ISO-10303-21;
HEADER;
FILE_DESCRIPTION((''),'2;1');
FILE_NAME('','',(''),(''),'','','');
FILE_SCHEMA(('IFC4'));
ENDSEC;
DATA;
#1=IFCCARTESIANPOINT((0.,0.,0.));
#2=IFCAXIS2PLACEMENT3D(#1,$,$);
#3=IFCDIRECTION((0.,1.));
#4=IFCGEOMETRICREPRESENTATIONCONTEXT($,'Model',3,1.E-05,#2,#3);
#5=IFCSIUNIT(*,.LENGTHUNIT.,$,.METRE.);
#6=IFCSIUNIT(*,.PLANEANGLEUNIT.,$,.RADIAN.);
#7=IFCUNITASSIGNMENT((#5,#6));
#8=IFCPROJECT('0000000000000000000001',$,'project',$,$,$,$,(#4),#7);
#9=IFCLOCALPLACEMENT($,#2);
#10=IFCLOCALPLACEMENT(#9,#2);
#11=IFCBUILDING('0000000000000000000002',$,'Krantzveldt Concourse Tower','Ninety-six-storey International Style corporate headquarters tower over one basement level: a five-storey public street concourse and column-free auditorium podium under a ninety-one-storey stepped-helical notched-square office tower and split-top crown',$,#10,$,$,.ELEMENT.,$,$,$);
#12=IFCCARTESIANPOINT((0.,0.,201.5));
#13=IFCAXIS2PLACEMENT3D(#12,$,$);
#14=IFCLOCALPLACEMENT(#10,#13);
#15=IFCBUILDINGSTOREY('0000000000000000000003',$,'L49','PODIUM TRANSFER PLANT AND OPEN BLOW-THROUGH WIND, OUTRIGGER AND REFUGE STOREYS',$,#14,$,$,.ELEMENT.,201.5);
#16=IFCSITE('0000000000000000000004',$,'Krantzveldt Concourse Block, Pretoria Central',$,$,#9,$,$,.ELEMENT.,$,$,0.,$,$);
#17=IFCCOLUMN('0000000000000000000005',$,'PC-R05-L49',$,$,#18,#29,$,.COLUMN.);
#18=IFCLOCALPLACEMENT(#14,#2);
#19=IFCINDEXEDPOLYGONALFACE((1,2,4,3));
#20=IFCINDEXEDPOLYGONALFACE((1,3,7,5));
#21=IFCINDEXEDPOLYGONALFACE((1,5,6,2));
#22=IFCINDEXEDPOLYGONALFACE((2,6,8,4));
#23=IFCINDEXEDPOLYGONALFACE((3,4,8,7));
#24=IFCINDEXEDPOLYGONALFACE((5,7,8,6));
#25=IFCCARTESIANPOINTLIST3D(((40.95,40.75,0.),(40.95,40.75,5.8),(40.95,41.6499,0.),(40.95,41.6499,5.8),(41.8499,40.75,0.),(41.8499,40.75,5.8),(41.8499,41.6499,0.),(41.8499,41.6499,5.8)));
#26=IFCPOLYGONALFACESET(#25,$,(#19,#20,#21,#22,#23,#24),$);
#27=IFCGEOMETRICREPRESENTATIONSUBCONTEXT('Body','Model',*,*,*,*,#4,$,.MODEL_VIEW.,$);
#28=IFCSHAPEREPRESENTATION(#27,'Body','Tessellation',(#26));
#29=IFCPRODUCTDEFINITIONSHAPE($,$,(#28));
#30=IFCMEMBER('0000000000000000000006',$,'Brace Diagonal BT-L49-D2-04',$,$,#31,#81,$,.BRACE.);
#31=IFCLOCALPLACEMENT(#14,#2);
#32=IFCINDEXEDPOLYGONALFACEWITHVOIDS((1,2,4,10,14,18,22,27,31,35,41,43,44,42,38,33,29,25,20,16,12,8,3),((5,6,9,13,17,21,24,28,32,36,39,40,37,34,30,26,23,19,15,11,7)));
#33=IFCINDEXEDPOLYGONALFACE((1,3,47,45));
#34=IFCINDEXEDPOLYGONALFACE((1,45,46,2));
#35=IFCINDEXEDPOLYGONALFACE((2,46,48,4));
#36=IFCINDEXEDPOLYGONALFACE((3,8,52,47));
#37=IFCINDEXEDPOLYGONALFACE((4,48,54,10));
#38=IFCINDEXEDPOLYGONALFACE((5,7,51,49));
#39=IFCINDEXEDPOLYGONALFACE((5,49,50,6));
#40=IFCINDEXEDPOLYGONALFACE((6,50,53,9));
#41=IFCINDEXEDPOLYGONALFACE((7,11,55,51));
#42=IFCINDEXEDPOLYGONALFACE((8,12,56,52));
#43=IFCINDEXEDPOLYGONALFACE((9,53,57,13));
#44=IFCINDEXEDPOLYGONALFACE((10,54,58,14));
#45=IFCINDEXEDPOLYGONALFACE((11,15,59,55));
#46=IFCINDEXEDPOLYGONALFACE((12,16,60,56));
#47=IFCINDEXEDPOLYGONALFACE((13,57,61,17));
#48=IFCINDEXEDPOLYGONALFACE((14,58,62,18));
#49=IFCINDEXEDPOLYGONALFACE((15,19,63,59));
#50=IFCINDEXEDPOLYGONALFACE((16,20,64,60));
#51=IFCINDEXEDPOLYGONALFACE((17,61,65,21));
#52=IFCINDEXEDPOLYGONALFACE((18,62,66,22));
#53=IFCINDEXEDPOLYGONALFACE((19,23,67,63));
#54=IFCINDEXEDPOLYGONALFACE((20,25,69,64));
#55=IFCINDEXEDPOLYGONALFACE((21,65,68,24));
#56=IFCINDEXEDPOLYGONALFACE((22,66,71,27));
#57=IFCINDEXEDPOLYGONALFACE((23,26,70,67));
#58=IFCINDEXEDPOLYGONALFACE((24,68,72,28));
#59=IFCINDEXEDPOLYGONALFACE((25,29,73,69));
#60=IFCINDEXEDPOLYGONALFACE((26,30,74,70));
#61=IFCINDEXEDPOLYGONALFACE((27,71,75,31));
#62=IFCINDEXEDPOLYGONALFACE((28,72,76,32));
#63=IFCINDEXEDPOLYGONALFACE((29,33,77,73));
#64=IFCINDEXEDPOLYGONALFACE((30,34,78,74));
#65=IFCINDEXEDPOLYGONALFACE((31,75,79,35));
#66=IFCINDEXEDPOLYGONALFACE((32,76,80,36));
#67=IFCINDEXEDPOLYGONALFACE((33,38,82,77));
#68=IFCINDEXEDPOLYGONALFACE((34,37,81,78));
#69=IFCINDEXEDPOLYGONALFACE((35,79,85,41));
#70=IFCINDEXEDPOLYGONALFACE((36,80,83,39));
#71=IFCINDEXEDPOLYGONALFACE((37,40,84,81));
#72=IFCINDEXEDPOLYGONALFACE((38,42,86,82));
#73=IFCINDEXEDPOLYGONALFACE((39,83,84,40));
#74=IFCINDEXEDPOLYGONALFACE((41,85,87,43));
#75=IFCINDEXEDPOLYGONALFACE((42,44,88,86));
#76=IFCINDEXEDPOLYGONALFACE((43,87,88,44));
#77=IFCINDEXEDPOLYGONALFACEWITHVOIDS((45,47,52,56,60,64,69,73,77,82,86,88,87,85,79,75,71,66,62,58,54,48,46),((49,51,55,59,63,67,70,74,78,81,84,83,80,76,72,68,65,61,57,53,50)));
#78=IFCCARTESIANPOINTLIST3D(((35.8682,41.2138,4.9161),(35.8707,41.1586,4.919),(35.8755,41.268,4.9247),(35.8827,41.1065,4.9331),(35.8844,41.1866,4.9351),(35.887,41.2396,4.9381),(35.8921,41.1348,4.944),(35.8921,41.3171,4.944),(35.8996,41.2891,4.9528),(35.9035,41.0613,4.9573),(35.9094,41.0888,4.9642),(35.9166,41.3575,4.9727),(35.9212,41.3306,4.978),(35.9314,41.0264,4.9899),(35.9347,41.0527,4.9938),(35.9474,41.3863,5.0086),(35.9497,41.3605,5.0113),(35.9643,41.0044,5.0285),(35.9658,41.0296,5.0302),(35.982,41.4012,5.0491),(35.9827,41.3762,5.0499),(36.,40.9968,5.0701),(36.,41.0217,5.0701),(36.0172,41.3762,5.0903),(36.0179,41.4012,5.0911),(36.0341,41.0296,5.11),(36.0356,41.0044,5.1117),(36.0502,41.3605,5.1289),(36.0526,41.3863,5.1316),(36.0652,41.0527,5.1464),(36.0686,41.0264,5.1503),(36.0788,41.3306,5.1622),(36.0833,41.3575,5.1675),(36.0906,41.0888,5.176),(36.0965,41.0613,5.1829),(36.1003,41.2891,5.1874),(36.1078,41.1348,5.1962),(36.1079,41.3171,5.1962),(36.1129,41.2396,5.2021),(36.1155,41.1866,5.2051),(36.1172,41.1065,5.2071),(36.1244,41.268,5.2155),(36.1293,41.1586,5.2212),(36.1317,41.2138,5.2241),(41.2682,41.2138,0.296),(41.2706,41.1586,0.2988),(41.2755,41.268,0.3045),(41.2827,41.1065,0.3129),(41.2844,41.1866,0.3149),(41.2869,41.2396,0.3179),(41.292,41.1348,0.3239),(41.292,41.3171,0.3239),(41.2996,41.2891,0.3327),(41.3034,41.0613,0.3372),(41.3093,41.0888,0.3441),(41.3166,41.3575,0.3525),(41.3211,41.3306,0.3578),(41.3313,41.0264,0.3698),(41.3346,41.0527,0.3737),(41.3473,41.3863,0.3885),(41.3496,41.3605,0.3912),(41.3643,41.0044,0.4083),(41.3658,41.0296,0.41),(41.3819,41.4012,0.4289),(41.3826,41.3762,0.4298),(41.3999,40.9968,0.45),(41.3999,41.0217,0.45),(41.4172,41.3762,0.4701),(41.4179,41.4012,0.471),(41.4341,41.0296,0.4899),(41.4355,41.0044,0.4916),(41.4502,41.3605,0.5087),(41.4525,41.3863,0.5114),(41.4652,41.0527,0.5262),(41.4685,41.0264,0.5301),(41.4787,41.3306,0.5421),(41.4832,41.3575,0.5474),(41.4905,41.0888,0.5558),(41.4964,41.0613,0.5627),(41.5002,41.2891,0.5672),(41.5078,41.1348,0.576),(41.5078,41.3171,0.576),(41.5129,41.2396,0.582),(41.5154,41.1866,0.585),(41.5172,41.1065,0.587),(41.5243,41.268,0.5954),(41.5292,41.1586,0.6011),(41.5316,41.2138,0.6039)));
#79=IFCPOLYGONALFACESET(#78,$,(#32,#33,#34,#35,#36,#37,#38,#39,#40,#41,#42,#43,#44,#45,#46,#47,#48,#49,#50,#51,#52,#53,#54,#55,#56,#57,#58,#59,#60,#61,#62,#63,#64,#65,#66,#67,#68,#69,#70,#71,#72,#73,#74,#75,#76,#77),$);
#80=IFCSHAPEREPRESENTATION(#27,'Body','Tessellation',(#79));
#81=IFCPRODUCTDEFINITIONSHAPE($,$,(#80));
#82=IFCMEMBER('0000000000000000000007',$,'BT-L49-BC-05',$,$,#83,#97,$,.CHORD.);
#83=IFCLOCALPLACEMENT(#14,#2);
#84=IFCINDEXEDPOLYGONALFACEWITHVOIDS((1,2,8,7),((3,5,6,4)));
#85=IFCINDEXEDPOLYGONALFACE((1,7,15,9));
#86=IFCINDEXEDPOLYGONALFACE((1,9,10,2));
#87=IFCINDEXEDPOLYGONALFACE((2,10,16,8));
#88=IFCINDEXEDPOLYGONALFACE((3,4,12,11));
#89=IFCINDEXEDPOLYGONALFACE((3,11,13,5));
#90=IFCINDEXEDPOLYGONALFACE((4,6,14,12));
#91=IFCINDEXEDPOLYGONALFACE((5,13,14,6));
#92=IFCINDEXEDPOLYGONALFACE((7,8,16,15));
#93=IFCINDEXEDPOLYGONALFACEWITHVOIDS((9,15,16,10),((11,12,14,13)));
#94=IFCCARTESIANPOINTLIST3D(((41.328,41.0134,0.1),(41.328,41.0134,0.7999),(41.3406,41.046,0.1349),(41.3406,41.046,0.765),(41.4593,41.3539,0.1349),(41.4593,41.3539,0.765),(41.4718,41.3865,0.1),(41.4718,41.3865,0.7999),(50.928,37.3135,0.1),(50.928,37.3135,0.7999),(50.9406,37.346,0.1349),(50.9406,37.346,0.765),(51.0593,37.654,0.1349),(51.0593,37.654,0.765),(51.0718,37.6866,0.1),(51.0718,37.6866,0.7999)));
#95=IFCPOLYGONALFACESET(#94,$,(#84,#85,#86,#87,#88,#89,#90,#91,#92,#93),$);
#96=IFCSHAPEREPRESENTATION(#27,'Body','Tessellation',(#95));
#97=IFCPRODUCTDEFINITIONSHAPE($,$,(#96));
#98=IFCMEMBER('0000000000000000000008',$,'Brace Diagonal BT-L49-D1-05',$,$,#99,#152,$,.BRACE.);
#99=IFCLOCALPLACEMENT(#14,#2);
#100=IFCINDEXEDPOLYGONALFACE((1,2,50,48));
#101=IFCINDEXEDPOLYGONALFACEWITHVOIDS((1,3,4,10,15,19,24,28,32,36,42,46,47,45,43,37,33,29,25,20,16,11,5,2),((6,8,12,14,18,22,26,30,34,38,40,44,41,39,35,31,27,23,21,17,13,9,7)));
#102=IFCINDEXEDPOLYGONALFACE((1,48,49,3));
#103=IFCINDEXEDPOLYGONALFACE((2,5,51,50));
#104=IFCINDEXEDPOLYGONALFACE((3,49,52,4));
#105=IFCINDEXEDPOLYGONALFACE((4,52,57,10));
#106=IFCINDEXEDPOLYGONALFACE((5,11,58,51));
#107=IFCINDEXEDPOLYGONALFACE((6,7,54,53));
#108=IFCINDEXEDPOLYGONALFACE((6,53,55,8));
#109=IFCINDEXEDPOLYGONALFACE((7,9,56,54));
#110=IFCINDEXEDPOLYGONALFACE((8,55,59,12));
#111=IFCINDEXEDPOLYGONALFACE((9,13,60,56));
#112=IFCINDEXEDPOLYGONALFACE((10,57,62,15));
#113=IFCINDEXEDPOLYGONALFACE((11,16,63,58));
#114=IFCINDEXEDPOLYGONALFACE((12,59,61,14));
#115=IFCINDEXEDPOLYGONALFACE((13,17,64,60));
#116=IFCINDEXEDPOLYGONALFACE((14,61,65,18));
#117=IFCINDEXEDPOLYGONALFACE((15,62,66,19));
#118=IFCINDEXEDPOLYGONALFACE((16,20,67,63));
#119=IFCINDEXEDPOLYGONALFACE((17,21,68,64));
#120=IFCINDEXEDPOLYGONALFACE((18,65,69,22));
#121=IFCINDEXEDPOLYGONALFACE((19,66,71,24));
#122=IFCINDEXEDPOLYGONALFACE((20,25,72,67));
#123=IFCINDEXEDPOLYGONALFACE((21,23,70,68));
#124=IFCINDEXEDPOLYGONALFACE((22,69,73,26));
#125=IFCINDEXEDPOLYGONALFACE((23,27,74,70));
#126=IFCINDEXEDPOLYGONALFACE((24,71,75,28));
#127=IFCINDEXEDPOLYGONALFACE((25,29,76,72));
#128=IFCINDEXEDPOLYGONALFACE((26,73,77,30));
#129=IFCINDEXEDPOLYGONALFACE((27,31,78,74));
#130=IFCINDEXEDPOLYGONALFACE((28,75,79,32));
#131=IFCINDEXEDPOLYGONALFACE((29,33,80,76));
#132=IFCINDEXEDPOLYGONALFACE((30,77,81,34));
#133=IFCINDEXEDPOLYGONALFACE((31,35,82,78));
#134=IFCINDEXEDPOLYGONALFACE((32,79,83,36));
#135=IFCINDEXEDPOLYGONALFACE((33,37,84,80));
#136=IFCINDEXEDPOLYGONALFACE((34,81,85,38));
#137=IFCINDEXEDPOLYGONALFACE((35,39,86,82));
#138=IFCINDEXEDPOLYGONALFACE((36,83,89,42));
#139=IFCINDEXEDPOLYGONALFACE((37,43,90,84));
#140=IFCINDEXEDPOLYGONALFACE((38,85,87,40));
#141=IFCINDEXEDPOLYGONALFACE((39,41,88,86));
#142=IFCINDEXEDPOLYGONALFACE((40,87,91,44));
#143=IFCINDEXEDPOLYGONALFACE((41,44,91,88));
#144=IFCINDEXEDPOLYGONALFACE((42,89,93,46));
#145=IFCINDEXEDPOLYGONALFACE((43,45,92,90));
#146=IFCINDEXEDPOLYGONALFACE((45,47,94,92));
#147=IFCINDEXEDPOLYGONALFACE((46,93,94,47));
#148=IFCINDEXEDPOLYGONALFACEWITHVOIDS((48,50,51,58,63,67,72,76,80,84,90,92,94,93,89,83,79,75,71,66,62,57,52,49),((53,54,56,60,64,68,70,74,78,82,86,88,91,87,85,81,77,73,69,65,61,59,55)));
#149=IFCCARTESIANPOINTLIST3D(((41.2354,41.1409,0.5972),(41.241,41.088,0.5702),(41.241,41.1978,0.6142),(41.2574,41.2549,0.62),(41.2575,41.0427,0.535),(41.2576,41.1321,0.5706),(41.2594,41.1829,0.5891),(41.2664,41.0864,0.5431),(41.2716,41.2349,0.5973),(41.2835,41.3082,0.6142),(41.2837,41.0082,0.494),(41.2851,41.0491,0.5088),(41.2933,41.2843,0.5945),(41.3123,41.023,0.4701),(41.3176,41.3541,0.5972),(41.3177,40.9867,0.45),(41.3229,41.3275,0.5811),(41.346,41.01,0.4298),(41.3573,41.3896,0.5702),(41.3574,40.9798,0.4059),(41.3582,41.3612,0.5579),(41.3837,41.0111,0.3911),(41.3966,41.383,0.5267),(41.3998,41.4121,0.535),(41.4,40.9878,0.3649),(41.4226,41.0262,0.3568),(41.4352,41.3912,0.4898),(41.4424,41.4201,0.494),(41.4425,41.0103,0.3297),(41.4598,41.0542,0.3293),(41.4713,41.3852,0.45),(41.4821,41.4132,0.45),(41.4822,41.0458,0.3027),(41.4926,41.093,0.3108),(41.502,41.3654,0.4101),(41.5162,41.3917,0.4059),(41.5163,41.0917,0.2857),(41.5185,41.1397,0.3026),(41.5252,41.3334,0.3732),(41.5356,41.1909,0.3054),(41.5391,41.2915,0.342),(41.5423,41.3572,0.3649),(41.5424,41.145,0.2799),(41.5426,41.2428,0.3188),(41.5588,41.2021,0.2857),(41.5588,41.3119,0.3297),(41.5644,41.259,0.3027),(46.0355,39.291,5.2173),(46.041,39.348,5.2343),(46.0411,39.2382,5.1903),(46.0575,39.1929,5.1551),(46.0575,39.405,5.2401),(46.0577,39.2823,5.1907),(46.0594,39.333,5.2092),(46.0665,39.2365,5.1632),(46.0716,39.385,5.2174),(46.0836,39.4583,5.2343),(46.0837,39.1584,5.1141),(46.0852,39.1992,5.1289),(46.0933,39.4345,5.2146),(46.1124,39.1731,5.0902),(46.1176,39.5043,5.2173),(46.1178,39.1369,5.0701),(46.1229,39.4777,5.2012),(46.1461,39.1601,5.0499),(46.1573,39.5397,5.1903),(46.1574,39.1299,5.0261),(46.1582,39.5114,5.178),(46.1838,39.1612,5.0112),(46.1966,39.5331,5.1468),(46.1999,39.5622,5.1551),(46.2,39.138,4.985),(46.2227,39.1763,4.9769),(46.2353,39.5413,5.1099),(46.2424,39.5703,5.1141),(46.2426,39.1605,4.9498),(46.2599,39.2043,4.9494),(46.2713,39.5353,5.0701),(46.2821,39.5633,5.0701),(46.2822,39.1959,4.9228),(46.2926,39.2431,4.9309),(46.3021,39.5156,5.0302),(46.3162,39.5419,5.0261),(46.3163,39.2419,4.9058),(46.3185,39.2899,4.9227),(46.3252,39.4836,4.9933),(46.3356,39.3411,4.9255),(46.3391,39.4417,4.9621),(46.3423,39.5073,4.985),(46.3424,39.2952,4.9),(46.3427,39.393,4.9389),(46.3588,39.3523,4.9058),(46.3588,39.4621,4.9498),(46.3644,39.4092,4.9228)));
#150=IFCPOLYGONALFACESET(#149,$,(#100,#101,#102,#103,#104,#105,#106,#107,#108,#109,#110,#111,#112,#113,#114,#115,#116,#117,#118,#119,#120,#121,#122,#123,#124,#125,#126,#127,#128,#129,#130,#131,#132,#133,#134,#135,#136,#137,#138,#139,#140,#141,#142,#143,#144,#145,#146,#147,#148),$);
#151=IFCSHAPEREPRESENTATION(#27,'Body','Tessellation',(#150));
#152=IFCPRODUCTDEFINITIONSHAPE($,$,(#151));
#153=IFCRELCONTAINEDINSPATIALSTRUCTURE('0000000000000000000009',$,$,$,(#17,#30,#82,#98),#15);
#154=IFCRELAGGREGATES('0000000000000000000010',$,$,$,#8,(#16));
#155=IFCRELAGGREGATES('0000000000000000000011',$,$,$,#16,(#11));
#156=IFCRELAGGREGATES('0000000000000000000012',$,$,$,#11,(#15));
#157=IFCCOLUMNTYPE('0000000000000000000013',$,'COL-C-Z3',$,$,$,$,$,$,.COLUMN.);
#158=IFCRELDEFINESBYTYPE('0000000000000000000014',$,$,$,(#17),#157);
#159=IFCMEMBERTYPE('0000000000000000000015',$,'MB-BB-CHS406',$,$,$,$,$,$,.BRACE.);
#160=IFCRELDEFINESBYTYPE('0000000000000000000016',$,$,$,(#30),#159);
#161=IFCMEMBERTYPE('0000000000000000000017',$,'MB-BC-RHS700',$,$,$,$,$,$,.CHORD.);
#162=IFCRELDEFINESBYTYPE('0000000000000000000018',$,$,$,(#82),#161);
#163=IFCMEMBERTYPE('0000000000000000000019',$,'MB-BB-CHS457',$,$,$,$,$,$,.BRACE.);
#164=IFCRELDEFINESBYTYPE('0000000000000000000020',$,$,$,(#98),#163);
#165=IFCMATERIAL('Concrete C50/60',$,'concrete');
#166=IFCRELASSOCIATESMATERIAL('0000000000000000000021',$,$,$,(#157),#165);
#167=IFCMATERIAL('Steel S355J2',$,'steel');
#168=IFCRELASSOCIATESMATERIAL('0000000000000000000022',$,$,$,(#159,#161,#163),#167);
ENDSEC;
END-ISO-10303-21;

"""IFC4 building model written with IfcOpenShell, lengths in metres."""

from ifc_helpers import new_model, si_unit, direction, frame, origin, origin_2d, place, context, subcontext, project, spatial, rectangle, hollow_rectangle, hollow_circle, extrude, source, transform, mapped, material, material_profile, profile_set, type_object, type_shapes, element, save


model = new_model("IFC4")

# Units and contexts
model_context = context("Model", 3, precision=1e-05, world=origin(), true_north=direction((0.0, 1.0)))
body_context = subcontext(model_context, "Body", "Model", "MODEL_VIEW")
ifc_project = project(units=[si_unit("LENGTHUNIT", "METRE"), si_unit("PLANEANGLEUNIT", "RADIAN")], contexts=[model_context])

# Site, building, storey
site_placement = place(None, origin())
site = spatial("IfcSite", under=ifc_project, at=site_placement, Name="Krantzveldt Concourse Block, Pretoria Central", CompositionType="ELEMENT", RefElevation=0.0)
building_placement = place(site_placement, origin())
building = spatial("IfcBuilding", under=site, at=building_placement, Name="Krantzveldt Concourse Tower", Description="Ninety-six-storey International Style corporate headquarters tower over one basement level: a five-storey public street concourse and column-free auditorium podium under a ninety-one-storey stepped-helical notched-square office tower and split-top crown", CompositionType="ELEMENT")
storey_placement = place(building_placement, frame((0.0, 0.0, 201.5)))
storey = spatial("IfcBuildingStorey", under=building, at=storey_placement, Name="L49", Description="PODIUM TRANSFER PLANT AND OPEN BLOW-THROUGH WIND, OUTRIGGER AND REFUGE STOREYS", CompositionType="ELEMENT", Elevation=201.5)

# Column
ifc_material_1 = material(Name="Concrete C50/60", Category="concrete")
ifc_material_profile_1 = material_profile(ifc_material_1, rectangle(XDim=0.8999, YDim=0.8999, at=origin_2d()), Name="Concrete C50/60", Category="concrete")
ifc_profile_set_1 = profile_set([ifc_material_profile_1], Name="Concrete C50/60 - RC 900x900")
column_type = type_object("IfcColumnType", Name="COL-C-Z3", PredefinedType="COLUMN", material=ifc_profile_set_1)
shared_shape_1 = source(origin(), body_context, "Body", "SweptSolid", [
    extrude(rectangle(XDim=0.8999, YDim=0.8999, at=origin_2d()), origin(), (0.0, 0.0, 1.0), 5.8),
])
type_shapes(column_type, [shared_shape_1])
column_placement = place(storey_placement, frame((41.3999, 41.2, 0.0), z_axis=(0.0, 0.0, 1.0), x_axis=(1.0, 0.0, 0.0)))
element("IfcColumn", 1, at=column_placement, inside=storey, type_object=column_type, Name="PC-R05-L49", PredefinedType="COLUMN", context=body_context, shape_type="MappedRepresentation", body=[
    mapped(shared_shape_1, transform((0.0, 0.0, 0.0), x_axis=(1.0, 0.0, 0.0), y_axis=(0.0, 1.0, 0.0), z_axis=(0.0, 0.0, 1.0), scale=1.0)),
])

# Members
ifc_material_2 = material(Name="Steel S355J2", Category="steel")
ifc_material_profile_2 = material_profile(ifc_material_2, hollow_circle(Radius=0.2031, WallThickness=0.0249, at=origin_2d()), Name="Steel S355J2", Category="steel")
ifc_profile_set_2 = profile_set([ifc_material_profile_2], Name="Steel S355J2 - CHS 406.4x25")
member_type_1 = type_object("IfcMemberType", Name="MB-BB-CHS406", PredefinedType="BRACE", material=ifc_profile_set_2)
shared_shape_2 = source(origin(), body_context, "Body", "SweptSolid", [
    extrude(hollow_circle(Radius=0.2031, WallThickness=0.0249, at=origin_2d()), origin(), (0.0, 0.0, 1.0), 7.1067),
])
type_shapes(member_type_1, [shared_shape_2])
member_1_placement = place(storey_placement, frame((41.3999, 41.2, 0.45), z_axis=(-0.759838, 0.0, 0.650112), x_axis=(0.0, -1.0, 0.0)))
element("IfcMember", 2, at=member_1_placement, inside=storey, type_object=member_type_1, Name="Brace Diagonal BT-L49-D2-04", PredefinedType="BRACE", context=body_context, shape_type="MappedRepresentation", body=[
    mapped(shared_shape_2, transform((0.0, 0.0, 0.0), x_axis=(1.0, 0.0, 0.0), y_axis=(0.0, 1.0, 0.0), z_axis=(0.0, 0.0, 1.0), scale=1.0)),
])
ifc_material_profile_3 = material_profile(ifc_material_2, hollow_rectangle(XDim=0.3999, YDim=0.7, WallThickness=0.0349, at=origin_2d()), Name="Steel S355J2", Category="steel")
ifc_profile_set_3 = profile_set([ifc_material_profile_3], Name="Steel S355J2 - RHS 700x400x35")
member_type_2 = type_object("IfcMemberType", Name="MB-BC-RHS700", PredefinedType="CHORD", material=ifc_profile_set_3)
shared_shape_3 = source(origin(), body_context, "Body", "SweptSolid", [
    extrude(hollow_rectangle(XDim=0.3999, YDim=0.7, WallThickness=0.0349, at=origin_2d()), origin(), (0.0, 0.0, 1.0), 10.2883),
])
type_shapes(member_type_2, [shared_shape_3])
member_2_placement = place(storey_placement, frame((41.3999, 41.2, 0.45), z_axis=(0.933098, -0.359623, 0.0), x_axis=(0.359623, 0.933098, 0.0)))
element("IfcMember", 3, at=member_2_placement, inside=storey, type_object=member_type_2, Name="BT-L49-BC-05", PredefinedType="CHORD", context=body_context, shape_type="MappedRepresentation", body=[
    mapped(shared_shape_3, transform((0.0, 0.0, 0.0), x_axis=(1.0, 0.0, 0.0), y_axis=(0.0, 1.0, 0.0), z_axis=(0.0, 0.0, 1.0), scale=1.0)),
])
ifc_material_profile_4 = material_profile(ifc_material_2, hollow_circle(Radius=0.2285, WallThickness=0.03, at=origin_2d()), Name="Steel S355J2", Category="steel")
ifc_profile_set_4 = profile_set([ifc_material_profile_4], Name="Steel S355J2 - CHS 457x30")
member_type_3 = type_object("IfcMemberType", Name="MB-BB-CHS457", PredefinedType="BRACE", material=ifc_profile_set_4)
shared_shape_4 = source(origin(), body_context, "Body", "SweptSolid", [
    extrude(hollow_circle(Radius=0.2285, WallThickness=0.03, at=origin_2d()), origin(), (0.0, 0.0, 1.0), 6.9143),
])
type_shapes(member_type_3, [shared_shape_4])
member_3_placement = place(storey_placement, frame((41.3999, 41.2, 0.45), z_axis=(0.694218, -0.267539, 0.668195), x_axis=(0.359602, 0.933106, 0.0)))
element("IfcMember", 4, at=member_3_placement, inside=storey, type_object=member_type_3, Name="Brace Diagonal BT-L49-D1-05", PredefinedType="BRACE", context=body_context, shape_type="MappedRepresentation", body=[
    mapped(shared_shape_4, transform((0.0, 0.0, 0.0), x_axis=(1.0, 0.0, 0.0), y_axis=(0.0, 1.0, 0.0), z_axis=(0.0, 0.0, 1.0), scale=1.0)),
])

save(model, "model.ifc")
